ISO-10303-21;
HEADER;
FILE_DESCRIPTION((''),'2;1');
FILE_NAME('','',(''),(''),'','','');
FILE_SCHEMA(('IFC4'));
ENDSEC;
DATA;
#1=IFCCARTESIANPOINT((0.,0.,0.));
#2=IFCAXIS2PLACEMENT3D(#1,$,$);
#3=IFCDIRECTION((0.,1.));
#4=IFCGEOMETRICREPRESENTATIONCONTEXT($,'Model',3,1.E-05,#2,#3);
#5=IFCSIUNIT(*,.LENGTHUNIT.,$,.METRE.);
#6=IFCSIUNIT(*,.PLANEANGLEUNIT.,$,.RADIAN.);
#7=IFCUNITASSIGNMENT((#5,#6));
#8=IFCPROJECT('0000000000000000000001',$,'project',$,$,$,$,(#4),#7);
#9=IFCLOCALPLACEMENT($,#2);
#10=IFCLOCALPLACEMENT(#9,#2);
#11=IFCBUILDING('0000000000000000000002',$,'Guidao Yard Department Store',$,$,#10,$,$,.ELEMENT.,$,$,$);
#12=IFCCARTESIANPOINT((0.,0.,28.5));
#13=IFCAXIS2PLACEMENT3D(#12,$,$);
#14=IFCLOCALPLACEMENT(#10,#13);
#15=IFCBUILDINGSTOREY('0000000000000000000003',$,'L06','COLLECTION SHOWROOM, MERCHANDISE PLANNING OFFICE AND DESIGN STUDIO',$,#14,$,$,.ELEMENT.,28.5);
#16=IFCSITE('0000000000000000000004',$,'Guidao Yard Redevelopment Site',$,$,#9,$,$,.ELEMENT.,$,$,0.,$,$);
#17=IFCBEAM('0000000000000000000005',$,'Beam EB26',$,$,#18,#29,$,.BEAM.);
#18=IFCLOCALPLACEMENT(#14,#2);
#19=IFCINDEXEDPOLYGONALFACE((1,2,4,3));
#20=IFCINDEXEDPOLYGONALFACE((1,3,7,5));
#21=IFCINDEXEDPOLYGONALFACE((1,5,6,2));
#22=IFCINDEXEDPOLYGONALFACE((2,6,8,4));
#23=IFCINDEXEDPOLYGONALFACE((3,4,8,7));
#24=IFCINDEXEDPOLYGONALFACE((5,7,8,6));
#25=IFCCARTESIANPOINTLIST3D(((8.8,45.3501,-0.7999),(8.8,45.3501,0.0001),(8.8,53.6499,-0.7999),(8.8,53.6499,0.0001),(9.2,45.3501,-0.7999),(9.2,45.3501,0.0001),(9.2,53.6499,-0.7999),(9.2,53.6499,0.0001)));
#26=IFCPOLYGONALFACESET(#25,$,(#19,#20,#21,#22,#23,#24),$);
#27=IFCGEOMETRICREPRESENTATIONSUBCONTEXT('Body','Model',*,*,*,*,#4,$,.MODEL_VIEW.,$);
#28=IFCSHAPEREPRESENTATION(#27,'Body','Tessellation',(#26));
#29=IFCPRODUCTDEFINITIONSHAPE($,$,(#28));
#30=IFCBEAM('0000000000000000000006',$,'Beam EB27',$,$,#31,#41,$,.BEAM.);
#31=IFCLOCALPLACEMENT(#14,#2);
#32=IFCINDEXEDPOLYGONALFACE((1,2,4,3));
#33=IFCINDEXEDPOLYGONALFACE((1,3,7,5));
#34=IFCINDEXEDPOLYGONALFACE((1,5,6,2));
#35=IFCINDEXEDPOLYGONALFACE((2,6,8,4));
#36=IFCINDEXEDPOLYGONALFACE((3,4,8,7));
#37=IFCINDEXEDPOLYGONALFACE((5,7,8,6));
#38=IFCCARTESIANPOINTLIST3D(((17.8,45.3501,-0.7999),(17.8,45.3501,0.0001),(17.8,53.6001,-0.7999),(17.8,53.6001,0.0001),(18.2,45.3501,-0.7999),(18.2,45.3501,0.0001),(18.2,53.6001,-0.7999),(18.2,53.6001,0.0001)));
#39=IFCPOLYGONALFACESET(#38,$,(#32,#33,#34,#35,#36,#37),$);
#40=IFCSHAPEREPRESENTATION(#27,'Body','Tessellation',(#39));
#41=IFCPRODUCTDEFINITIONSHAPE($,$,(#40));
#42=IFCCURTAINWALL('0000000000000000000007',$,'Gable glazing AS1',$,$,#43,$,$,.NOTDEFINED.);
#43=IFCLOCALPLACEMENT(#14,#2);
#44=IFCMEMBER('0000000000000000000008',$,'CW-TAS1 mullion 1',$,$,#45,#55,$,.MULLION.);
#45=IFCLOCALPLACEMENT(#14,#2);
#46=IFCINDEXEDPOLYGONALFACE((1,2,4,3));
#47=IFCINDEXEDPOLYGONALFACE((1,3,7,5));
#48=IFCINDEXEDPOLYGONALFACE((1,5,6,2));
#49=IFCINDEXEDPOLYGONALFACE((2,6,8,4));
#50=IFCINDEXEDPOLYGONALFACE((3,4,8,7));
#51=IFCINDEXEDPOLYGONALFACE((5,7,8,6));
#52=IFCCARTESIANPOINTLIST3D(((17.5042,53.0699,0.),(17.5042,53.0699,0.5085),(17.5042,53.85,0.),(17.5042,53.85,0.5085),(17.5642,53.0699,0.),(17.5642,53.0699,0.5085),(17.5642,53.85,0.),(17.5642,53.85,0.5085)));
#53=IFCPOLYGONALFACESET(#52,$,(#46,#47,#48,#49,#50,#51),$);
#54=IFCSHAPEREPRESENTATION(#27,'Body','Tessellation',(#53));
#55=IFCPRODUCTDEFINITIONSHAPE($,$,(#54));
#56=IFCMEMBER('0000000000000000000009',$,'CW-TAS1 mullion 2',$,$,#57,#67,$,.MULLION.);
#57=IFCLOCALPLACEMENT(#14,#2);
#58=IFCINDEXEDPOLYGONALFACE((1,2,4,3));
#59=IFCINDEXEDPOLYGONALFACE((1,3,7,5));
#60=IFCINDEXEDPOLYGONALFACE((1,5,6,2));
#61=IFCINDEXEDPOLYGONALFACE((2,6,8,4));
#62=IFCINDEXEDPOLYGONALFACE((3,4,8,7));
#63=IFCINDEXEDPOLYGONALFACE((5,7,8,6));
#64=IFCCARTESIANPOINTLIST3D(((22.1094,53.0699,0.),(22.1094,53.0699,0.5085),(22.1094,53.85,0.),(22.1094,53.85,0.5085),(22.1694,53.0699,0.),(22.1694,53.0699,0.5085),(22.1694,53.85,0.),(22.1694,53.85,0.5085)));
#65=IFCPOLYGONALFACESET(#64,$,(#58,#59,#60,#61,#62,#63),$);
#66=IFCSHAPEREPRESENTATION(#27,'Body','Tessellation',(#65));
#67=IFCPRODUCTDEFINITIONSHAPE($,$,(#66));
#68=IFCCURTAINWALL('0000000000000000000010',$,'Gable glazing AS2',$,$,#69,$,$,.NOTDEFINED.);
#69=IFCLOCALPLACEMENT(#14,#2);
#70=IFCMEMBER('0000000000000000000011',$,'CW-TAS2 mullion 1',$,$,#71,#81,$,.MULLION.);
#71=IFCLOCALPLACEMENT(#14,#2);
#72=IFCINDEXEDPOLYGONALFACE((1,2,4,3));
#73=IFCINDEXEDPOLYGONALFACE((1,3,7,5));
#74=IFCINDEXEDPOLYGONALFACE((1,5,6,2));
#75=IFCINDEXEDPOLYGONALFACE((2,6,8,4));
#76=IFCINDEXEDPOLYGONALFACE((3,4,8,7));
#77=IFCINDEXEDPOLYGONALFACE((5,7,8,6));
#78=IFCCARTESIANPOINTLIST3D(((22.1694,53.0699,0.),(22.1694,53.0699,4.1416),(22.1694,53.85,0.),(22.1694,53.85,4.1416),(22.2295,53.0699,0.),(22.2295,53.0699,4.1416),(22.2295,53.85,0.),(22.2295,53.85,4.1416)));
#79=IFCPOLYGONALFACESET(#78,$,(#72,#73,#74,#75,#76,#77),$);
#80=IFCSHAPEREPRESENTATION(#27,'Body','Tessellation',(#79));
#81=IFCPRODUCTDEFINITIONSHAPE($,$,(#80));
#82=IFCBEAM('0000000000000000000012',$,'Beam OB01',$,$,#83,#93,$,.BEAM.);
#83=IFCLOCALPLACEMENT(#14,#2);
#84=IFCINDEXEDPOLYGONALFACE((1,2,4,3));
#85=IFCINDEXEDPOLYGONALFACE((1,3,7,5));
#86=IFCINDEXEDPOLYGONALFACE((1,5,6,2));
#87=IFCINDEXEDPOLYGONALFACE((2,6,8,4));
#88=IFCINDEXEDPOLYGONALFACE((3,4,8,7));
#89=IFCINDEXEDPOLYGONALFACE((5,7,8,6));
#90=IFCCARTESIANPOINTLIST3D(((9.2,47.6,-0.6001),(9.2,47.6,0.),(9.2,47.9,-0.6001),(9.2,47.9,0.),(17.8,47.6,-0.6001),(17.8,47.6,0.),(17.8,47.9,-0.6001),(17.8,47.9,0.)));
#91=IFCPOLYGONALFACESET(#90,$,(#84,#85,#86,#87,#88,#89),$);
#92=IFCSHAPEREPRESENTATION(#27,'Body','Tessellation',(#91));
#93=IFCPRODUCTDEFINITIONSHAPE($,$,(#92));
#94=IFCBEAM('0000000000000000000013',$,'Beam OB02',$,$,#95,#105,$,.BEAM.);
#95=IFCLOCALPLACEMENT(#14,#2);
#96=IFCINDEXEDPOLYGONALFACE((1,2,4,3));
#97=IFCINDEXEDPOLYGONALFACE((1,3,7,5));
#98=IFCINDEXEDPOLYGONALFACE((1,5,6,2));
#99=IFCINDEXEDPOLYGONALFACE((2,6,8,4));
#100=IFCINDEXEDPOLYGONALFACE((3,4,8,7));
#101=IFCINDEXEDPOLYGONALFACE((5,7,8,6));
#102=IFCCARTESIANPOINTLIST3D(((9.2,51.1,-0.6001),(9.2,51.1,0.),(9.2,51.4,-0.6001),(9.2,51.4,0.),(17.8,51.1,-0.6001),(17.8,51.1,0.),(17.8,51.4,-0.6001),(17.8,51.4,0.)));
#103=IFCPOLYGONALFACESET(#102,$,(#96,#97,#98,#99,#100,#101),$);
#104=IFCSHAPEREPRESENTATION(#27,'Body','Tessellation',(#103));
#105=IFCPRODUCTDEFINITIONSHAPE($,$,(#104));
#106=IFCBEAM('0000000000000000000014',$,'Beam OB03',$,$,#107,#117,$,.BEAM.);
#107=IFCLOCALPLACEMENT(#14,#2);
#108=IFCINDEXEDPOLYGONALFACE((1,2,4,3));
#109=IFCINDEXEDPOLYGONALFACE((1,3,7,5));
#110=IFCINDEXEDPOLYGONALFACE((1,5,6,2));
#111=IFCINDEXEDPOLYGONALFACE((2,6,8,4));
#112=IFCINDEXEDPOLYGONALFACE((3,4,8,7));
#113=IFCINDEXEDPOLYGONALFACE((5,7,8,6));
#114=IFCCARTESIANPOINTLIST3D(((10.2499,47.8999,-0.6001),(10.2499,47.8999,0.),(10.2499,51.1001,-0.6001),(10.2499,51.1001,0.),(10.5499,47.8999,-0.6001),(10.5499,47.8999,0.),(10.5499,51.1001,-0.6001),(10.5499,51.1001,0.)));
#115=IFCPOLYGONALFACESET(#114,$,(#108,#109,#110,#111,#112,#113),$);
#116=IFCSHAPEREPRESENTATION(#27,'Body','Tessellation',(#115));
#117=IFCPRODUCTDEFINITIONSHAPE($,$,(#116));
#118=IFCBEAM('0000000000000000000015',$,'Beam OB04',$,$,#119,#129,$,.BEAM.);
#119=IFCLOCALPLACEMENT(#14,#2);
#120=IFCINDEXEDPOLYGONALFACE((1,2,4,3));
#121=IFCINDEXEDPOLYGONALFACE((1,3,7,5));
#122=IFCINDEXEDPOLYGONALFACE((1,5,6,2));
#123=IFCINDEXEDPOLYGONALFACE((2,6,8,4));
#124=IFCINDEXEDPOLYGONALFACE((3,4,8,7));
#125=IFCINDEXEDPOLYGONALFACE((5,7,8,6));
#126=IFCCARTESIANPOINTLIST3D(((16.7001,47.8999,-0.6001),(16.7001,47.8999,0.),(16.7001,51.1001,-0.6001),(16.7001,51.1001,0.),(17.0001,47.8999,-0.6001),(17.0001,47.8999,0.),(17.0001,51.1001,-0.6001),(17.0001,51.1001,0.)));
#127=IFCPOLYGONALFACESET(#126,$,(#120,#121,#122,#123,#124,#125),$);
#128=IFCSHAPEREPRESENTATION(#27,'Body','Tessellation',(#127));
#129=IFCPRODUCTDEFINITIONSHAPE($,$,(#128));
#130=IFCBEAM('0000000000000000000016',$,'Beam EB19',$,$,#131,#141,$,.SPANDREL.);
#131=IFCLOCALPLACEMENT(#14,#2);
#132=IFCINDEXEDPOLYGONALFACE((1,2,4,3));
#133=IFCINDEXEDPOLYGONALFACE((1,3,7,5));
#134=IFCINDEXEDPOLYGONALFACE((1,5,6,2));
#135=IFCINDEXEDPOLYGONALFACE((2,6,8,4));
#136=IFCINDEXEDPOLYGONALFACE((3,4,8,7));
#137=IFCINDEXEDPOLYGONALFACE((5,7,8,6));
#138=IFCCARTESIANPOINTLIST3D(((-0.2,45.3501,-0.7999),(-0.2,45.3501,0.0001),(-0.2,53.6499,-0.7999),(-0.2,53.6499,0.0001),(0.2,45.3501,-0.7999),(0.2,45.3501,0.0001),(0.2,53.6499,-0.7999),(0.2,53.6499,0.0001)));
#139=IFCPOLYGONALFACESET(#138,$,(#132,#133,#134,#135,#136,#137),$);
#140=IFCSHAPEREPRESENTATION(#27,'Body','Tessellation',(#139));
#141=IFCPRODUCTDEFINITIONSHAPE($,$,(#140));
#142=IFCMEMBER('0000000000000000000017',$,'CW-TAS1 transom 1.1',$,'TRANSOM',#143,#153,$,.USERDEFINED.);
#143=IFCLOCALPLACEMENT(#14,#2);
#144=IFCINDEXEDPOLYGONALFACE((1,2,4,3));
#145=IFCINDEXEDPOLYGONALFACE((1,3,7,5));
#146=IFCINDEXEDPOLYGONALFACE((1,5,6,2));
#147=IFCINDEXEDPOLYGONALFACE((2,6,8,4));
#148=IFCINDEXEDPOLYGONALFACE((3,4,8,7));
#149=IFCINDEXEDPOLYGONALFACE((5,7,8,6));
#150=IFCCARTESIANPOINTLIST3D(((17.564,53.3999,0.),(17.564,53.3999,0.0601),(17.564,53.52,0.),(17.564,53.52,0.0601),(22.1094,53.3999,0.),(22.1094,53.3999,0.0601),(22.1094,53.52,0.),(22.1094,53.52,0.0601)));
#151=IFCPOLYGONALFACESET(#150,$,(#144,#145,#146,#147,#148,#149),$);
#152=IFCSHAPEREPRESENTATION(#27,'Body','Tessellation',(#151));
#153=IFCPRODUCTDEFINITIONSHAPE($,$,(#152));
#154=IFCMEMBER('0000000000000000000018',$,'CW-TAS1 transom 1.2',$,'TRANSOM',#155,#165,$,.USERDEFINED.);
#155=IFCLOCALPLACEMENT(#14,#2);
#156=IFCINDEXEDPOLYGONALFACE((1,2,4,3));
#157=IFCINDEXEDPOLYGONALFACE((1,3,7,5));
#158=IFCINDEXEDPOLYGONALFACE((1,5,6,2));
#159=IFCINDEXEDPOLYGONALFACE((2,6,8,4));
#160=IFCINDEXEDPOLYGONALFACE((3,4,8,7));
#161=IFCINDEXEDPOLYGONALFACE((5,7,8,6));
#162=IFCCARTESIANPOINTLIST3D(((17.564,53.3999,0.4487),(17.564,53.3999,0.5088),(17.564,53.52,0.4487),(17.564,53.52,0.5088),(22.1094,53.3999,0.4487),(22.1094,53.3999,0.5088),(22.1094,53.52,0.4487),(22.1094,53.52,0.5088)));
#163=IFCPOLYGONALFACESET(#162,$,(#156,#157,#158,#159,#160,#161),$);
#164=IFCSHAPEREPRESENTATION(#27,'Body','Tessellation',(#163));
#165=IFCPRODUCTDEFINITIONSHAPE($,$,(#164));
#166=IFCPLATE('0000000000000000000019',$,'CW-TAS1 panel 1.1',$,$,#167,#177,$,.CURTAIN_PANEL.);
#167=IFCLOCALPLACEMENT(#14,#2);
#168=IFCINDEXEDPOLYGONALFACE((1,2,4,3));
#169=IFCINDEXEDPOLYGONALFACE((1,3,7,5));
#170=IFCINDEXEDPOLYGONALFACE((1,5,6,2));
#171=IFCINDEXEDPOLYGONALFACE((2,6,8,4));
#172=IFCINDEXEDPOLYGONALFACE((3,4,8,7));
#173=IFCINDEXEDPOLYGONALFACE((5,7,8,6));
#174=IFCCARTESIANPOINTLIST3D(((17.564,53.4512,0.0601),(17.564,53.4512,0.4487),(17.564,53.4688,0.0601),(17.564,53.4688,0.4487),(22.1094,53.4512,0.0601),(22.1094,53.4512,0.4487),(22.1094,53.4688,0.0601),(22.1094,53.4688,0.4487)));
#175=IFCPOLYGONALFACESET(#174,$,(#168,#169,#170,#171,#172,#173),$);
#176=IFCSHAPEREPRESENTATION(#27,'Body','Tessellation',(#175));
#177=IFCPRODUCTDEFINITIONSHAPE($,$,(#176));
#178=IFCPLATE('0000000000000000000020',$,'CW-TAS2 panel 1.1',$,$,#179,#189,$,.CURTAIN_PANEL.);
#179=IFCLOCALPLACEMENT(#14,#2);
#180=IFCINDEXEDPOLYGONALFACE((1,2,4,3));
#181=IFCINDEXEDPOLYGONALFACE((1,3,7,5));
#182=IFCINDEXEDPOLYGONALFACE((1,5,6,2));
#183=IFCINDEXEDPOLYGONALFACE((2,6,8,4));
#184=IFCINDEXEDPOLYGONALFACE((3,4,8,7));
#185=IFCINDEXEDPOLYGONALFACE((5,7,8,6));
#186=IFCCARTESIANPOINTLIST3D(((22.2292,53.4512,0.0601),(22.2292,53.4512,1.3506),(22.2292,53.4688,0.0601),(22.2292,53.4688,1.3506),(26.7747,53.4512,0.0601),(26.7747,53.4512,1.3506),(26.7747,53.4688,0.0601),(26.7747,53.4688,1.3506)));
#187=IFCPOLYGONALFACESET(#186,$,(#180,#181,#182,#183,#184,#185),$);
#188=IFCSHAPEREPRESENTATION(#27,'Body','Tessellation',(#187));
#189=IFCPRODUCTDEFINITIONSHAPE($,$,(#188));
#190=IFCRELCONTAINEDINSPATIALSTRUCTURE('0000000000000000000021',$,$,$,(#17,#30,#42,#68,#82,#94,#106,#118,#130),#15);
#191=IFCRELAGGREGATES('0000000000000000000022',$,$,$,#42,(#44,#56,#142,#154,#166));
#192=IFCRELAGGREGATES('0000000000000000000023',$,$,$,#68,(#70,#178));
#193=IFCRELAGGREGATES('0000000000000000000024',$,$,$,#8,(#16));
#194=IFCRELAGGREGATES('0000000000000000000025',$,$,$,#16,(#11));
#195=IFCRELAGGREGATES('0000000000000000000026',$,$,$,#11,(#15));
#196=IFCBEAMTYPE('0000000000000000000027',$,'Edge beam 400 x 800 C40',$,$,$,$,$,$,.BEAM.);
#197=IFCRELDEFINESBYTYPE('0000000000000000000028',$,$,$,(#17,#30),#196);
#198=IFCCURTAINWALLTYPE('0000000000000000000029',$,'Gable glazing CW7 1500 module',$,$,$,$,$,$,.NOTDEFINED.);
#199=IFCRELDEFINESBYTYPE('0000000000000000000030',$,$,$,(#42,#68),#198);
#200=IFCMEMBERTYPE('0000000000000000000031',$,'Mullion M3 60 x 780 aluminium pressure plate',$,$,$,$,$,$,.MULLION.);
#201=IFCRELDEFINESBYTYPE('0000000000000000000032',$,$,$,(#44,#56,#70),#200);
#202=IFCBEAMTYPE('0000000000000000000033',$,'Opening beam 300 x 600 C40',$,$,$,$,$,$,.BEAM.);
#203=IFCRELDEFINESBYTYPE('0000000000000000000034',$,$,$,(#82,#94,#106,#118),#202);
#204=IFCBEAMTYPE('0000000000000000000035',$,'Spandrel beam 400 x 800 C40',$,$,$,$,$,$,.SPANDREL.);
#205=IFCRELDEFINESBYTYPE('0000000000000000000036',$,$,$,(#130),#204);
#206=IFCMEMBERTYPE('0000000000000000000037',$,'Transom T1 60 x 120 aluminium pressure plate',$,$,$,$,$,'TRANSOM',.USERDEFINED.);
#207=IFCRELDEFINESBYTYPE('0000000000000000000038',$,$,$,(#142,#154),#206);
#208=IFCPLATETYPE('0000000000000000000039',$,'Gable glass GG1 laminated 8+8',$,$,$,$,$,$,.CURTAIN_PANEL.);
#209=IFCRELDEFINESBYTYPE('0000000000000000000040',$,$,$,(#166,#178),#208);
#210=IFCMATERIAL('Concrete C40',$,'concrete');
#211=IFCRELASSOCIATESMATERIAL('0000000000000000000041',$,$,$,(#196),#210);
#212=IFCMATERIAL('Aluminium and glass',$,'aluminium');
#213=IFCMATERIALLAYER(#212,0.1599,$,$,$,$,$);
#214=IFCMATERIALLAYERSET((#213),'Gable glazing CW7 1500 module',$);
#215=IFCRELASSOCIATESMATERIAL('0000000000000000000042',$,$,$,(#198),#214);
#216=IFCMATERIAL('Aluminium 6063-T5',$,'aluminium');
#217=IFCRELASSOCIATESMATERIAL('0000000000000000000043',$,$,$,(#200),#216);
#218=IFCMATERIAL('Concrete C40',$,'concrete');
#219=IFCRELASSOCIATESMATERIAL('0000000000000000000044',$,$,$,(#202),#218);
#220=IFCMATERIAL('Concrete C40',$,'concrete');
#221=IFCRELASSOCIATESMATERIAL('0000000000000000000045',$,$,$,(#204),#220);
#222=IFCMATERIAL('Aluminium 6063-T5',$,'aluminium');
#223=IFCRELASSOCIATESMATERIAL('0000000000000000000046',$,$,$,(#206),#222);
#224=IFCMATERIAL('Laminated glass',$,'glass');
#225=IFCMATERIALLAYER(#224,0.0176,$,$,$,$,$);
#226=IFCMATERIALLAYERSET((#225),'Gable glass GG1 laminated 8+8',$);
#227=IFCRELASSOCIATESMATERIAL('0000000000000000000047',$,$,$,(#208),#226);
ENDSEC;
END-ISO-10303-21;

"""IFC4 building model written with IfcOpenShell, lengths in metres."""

from ifc_helpers import new_model, si_unit, direction, frame, origin, origin_2d, place, context, subcontext, project, spatial, rectangle, extrude, material, layer, layer_set, material_profile, profile_set, type_object, element, aggregate, save


model = new_model("IFC4")

# Units and contexts
model_context = context("Model", 3, precision=1e-05, world=origin(), true_north=direction((0.0, 1.0)))
body_context = subcontext(model_context, "Body", "Model", "MODEL_VIEW")
ifc_project = project(units=[si_unit("LENGTHUNIT", "METRE"), si_unit("PLANEANGLEUNIT", "RADIAN")], contexts=[model_context])

# Site, building, storey
site_placement = place(None, origin())
site = spatial("IfcSite", under=ifc_project, at=site_placement, Name="Guidao Yard Redevelopment Site", CompositionType="ELEMENT", RefElevation=0.0)
building_placement = place(site_placement, origin())
building = spatial("IfcBuilding", under=site, at=building_placement, Name="Guidao Yard Department Store", CompositionType="ELEMENT")
storey_placement = place(building_placement, frame((0.0, 0.0, 28.5)))
storey = spatial("IfcBuildingStorey", under=building, at=storey_placement, Name="L06", Description="COLLECTION SHOWROOM, MERCHANDISE PLANNING OFFICE AND DESIGN STUDIO", CompositionType="ELEMENT", Elevation=28.5)

# Beams
ifc_material_1 = material(Name="Concrete C40", Category="concrete")
ifc_material_profile_1 = material_profile(ifc_material_1, rectangle(XDim=0.3999, YDim=0.8, at=origin_2d()), Name="Edge beam 400 x 800 C40")
ifc_profile_set_1 = profile_set([ifc_material_profile_1], Name="Concrete C40")
beam_type_1 = type_object("IfcBeamType", Name="Edge beam 400 x 800 C40", PredefinedType="BEAM", material=ifc_profile_set_1)
beam_1_placement = place(storey_placement, frame((9.0, 45.3501, -0.3999), z_axis=(0.0, 1.0, 0.0), x_axis=(-1.0, 0.0, 0.0)))
element("IfcBeam", 1, at=beam_1_placement, inside=storey, type_object=beam_type_1, Name="Beam EB26", PredefinedType="BEAM", context=body_context, shape_type="SweptSolid", body=[
    extrude(rectangle(XDim=0.3999, YDim=0.8, at=origin_2d()), origin(), (0.0, 0.0, 1.0), 8.2998),
])
beam_2_placement = place(storey_placement, frame((18.0, 45.3501, -0.3999), z_axis=(0.0, 1.0, 0.0), x_axis=(-1.0, 0.0, 0.0)))
element("IfcBeam", 2, at=beam_2_placement, inside=storey, type_object=beam_type_1, Name="Beam EB27", PredefinedType="BEAM", context=body_context, shape_type="SweptSolid", body=[
    extrude(rectangle(XDim=0.3999, YDim=0.8, at=origin_2d()), origin(), (0.0, 0.0, 1.0), 8.25),
])

# Curtain wall, members
ifc_material_2 = material(Name="Aluminium and glass", Category="aluminium")
ifc_layer_1 = layer(ifc_material_2, 0.1599)
ifc_layer_set_1 = layer_set([ifc_layer_1], Name="Gable glazing CW7 1500 module")
curtain_wall_type = type_object("IfcCurtainWallType", Name="Gable glazing CW7 1500 module", PredefinedType="NOTDEFINED", material=ifc_layer_set_1)
curtain_wall_1_placement = place(storey_placement, origin())
curtain_wall_1 = element("IfcCurtainWall", 3, at=curtain_wall_1_placement, inside=storey, type_object=curtain_wall_type, Name="Gable glazing AS1", PredefinedType="NOTDEFINED")
ifc_material_3 = material(Name="Aluminium 6063-T5", Category="aluminium")
ifc_material_profile_2 = material_profile(ifc_material_3, rectangle(XDim=0.0601, YDim=0.78, at=origin_2d()), Name="Mullion M3 60 x 780 aluminium pressure plate")
ifc_profile_set_2 = profile_set([ifc_material_profile_2], Name="Aluminium 6063-T5")
member_type_1 = type_object("IfcMemberType", Name="Mullion M3 60 x 780 aluminium pressure plate", PredefinedType="MULLION", material=ifc_profile_set_2)
member_1_placement = place(storey_placement, frame((17.5342, 53.46, 0.0), z_axis=(0.0, 0.0, 1.0), x_axis=(-1.0, 0.0, 0.0)))
member_1 = element("IfcMember", 4, at=member_1_placement, type_object=member_type_1, Name="CW-TAS1 mullion 1", PredefinedType="MULLION", context=body_context, shape_type="SweptSolid", body=[
    extrude(rectangle(XDim=0.0601, YDim=0.78, at=origin_2d()), origin(), (0.0, 0.0, 1.0), 0.5085),
])
member_2_placement = place(storey_placement, frame((22.1394, 53.46, 0.0), z_axis=(0.0, 0.0, 1.0), x_axis=(-1.0, 0.0, 0.0)))
member_2 = element("IfcMember", 5, at=member_2_placement, type_object=member_type_1, Name="CW-TAS1 mullion 2", PredefinedType="MULLION", context=body_context, shape_type="SweptSolid", body=[
    extrude(rectangle(XDim=0.0601, YDim=0.78, at=origin_2d()), origin(), (0.0, 0.0, 1.0), 0.5085),
])

# Curtain wall, member
curtain_wall_2_placement = place(storey_placement, origin())
curtain_wall_2 = element("IfcCurtainWall", 6, at=curtain_wall_2_placement, inside=storey, type_object=curtain_wall_type, Name="Gable glazing AS2", PredefinedType="NOTDEFINED")
member_3_placement = place(storey_placement, frame((22.1995, 53.46, 0.0), z_axis=(0.0, 0.0, 1.0), x_axis=(-1.0, 0.0, 0.0)))
member_3 = element("IfcMember", 7, at=member_3_placement, type_object=member_type_1, Name="CW-TAS2 mullion 1", PredefinedType="MULLION", context=body_context, shape_type="SweptSolid", body=[
    extrude(rectangle(XDim=0.0601, YDim=0.78, at=origin_2d()), origin(), (0.0, 0.0, 1.0), 4.1416),
])

# Beams
ifc_material_4 = material(Name="Concrete C40", Category="concrete")
ifc_material_profile_3 = material_profile(ifc_material_4, rectangle(XDim=0.3, YDim=0.6001, at=origin_2d()), Name="Opening beam 300 x 600 C40")
ifc_profile_set_3 = profile_set([ifc_material_profile_3], Name="Concrete C40")
beam_type_2 = type_object("IfcBeamType", Name="Opening beam 300 x 600 C40", PredefinedType="BEAM", material=ifc_profile_set_3)
for number, where, z_axis, x_axis, name in (
    (8, (9.2, 47.75, -0.3), (1.0, 0.0, 0.0), (0.0, 1.0, 0.0), "Beam OB01"),
    (9, (9.2, 51.25, -0.3), (1.0, 0.0, 0.0), (0.0, 1.0, 0.0), "Beam OB02"),
):
    element("IfcBeam", number, at=place(storey_placement, frame(where, z_axis=z_axis, x_axis=x_axis)), inside=storey, type_object=beam_type_2, Name=name, PredefinedType="BEAM", context=body_context, shape_type="SweptSolid", body=[
        extrude(rectangle(XDim=0.3, YDim=0.6001, at=origin_2d()), origin(), (0.0, 0.0, 1.0), 8.6001),
    ])
for number, where, z_axis, x_axis, name in (
    (10, (10.3999, 47.8999, -0.3), (0.0, 1.0, 0.0), (-1.0, 0.0, 0.0), "Beam OB03"),
    (11, (16.8501, 47.8999, -0.3), (0.0, 1.0, 0.0), (-1.0, 0.0, 0.0), "Beam OB04"),
):
    element("IfcBeam", number, at=place(storey_placement, frame(where, z_axis=z_axis, x_axis=x_axis)), inside=storey, type_object=beam_type_2, Name=name, PredefinedType="BEAM", context=body_context, shape_type="SweptSolid", body=[
        extrude(rectangle(XDim=0.3, YDim=0.6001, at=origin_2d()), origin(), (0.0, 0.0, 1.0), 3.2002),
    ])
ifc_material_5 = material(Name="Concrete C40", Category="concrete")
ifc_material_profile_4 = material_profile(ifc_material_5, rectangle(XDim=0.3999, YDim=0.8, at=origin_2d()), Name="Spandrel beam 400 x 800 C40")
ifc_profile_set_4 = profile_set([ifc_material_profile_4], Name="Concrete C40")
beam_type_3 = type_object("IfcBeamType", Name="Spandrel beam 400 x 800 C40", PredefinedType="SPANDREL", material=ifc_profile_set_4)
beam_3_placement = place(storey_placement, frame((0.0, 45.3501, -0.3999), z_axis=(0.0, 1.0, 0.0), x_axis=(-1.0, 0.0, 0.0)))
element("IfcBeam", 12, at=beam_3_placement, inside=storey, type_object=beam_type_3, Name="Beam EB19", PredefinedType="SPANDREL", context=body_context, shape_type="SweptSolid", body=[
    extrude(rectangle(XDim=0.3999, YDim=0.8, at=origin_2d()), origin(), (0.0, 0.0, 1.0), 8.2998),
])

# Members
ifc_material_6 = material(Name="Aluminium 6063-T5", Category="aluminium")
ifc_material_profile_5 = material_profile(ifc_material_6, rectangle(XDim=0.1201, YDim=0.0601, at=origin_2d()), Name="Transom T1 60 x 120 aluminium pressure plate")
ifc_profile_set_5 = profile_set([ifc_material_profile_5], Name="Aluminium 6063-T5")
member_type_2 = type_object("IfcMemberType", Name="Transom T1 60 x 120 aluminium pressure plate", ElementType="TRANSOM", PredefinedType="USERDEFINED", material=ifc_profile_set_5)
member_4_placement = place(storey_placement, frame((22.1094, 53.46, 0.03), z_axis=(-1.0, 0.0, 0.0), x_axis=(0.0, -1.0, 0.0)))
member_4 = element("IfcMember", 13, at=member_4_placement, type_object=member_type_2, Name="CW-TAS1 transom 1.1", ObjectType="TRANSOM", PredefinedType="USERDEFINED", context=body_context, shape_type="SweptSolid", body=[
    extrude(rectangle(XDim=0.1201, YDim=0.0601, at=origin_2d()), origin(), (0.0, 0.0, 1.0), 4.5454),
])
member_5_placement = place(storey_placement, frame((22.1094, 53.46, 0.4788), z_axis=(-1.0, 0.0, 0.0), x_axis=(0.0, -1.0, 0.0)))
member_5 = element("IfcMember", 14, at=member_5_placement, type_object=member_type_2, Name="CW-TAS1 transom 1.2", ObjectType="TRANSOM", PredefinedType="USERDEFINED", context=body_context, shape_type="SweptSolid", body=[
    extrude(rectangle(XDim=0.1201, YDim=0.0601, at=origin_2d()), origin(), (0.0, 0.0, 1.0), 4.5454),
])

# Plates
ifc_material_7 = material(Name="Laminated glass", Category="glass")
ifc_layer_2 = layer(ifc_material_7, 0.0176)
ifc_layer_set_2 = layer_set([ifc_layer_2], Name="Gable glass GG1 laminated 8+8")
plate_type = type_object("IfcPlateType", Name="Gable glass GG1 laminated 8+8", PredefinedType="CURTAIN_PANEL", material=ifc_layer_set_2)
plate_1_placement = place(storey_placement, frame((19.8367, 53.46, 0.0601), z_axis=(0.0, 0.0, 1.0), x_axis=(-1.0, 0.0, 0.0)))
plate_1 = element("IfcPlate", 15, at=plate_1_placement, type_object=plate_type, Name="CW-TAS1 panel 1.1", PredefinedType="CURTAIN_PANEL", context=body_context, shape_type="SweptSolid", body=[
    extrude(rectangle(XDim=4.5454, YDim=0.0176, at=origin_2d()), origin(), (0.0, 0.0, 1.0), 0.3887),
])
aggregate(curtain_wall_1, [member_1, member_2, member_4, member_5, plate_1])
plate_2_placement = place(storey_placement, frame((24.502, 53.46, 0.0601), z_axis=(0.0, 0.0, 1.0), x_axis=(-1.0, 0.0, 0.0)))
plate_2 = element("IfcPlate", 16, at=plate_2_placement, type_object=plate_type, Name="CW-TAS2 panel 1.1", PredefinedType="CURTAIN_PANEL", context=body_context, shape_type="SweptSolid", body=[
    extrude(rectangle(XDim=4.5454, YDim=0.0176, at=origin_2d()), origin(), (0.0, 0.0, 1.0), 1.2905),
])
aggregate(curtain_wall_2, [member_3, plate_2])

save(model, "model.ifc")
